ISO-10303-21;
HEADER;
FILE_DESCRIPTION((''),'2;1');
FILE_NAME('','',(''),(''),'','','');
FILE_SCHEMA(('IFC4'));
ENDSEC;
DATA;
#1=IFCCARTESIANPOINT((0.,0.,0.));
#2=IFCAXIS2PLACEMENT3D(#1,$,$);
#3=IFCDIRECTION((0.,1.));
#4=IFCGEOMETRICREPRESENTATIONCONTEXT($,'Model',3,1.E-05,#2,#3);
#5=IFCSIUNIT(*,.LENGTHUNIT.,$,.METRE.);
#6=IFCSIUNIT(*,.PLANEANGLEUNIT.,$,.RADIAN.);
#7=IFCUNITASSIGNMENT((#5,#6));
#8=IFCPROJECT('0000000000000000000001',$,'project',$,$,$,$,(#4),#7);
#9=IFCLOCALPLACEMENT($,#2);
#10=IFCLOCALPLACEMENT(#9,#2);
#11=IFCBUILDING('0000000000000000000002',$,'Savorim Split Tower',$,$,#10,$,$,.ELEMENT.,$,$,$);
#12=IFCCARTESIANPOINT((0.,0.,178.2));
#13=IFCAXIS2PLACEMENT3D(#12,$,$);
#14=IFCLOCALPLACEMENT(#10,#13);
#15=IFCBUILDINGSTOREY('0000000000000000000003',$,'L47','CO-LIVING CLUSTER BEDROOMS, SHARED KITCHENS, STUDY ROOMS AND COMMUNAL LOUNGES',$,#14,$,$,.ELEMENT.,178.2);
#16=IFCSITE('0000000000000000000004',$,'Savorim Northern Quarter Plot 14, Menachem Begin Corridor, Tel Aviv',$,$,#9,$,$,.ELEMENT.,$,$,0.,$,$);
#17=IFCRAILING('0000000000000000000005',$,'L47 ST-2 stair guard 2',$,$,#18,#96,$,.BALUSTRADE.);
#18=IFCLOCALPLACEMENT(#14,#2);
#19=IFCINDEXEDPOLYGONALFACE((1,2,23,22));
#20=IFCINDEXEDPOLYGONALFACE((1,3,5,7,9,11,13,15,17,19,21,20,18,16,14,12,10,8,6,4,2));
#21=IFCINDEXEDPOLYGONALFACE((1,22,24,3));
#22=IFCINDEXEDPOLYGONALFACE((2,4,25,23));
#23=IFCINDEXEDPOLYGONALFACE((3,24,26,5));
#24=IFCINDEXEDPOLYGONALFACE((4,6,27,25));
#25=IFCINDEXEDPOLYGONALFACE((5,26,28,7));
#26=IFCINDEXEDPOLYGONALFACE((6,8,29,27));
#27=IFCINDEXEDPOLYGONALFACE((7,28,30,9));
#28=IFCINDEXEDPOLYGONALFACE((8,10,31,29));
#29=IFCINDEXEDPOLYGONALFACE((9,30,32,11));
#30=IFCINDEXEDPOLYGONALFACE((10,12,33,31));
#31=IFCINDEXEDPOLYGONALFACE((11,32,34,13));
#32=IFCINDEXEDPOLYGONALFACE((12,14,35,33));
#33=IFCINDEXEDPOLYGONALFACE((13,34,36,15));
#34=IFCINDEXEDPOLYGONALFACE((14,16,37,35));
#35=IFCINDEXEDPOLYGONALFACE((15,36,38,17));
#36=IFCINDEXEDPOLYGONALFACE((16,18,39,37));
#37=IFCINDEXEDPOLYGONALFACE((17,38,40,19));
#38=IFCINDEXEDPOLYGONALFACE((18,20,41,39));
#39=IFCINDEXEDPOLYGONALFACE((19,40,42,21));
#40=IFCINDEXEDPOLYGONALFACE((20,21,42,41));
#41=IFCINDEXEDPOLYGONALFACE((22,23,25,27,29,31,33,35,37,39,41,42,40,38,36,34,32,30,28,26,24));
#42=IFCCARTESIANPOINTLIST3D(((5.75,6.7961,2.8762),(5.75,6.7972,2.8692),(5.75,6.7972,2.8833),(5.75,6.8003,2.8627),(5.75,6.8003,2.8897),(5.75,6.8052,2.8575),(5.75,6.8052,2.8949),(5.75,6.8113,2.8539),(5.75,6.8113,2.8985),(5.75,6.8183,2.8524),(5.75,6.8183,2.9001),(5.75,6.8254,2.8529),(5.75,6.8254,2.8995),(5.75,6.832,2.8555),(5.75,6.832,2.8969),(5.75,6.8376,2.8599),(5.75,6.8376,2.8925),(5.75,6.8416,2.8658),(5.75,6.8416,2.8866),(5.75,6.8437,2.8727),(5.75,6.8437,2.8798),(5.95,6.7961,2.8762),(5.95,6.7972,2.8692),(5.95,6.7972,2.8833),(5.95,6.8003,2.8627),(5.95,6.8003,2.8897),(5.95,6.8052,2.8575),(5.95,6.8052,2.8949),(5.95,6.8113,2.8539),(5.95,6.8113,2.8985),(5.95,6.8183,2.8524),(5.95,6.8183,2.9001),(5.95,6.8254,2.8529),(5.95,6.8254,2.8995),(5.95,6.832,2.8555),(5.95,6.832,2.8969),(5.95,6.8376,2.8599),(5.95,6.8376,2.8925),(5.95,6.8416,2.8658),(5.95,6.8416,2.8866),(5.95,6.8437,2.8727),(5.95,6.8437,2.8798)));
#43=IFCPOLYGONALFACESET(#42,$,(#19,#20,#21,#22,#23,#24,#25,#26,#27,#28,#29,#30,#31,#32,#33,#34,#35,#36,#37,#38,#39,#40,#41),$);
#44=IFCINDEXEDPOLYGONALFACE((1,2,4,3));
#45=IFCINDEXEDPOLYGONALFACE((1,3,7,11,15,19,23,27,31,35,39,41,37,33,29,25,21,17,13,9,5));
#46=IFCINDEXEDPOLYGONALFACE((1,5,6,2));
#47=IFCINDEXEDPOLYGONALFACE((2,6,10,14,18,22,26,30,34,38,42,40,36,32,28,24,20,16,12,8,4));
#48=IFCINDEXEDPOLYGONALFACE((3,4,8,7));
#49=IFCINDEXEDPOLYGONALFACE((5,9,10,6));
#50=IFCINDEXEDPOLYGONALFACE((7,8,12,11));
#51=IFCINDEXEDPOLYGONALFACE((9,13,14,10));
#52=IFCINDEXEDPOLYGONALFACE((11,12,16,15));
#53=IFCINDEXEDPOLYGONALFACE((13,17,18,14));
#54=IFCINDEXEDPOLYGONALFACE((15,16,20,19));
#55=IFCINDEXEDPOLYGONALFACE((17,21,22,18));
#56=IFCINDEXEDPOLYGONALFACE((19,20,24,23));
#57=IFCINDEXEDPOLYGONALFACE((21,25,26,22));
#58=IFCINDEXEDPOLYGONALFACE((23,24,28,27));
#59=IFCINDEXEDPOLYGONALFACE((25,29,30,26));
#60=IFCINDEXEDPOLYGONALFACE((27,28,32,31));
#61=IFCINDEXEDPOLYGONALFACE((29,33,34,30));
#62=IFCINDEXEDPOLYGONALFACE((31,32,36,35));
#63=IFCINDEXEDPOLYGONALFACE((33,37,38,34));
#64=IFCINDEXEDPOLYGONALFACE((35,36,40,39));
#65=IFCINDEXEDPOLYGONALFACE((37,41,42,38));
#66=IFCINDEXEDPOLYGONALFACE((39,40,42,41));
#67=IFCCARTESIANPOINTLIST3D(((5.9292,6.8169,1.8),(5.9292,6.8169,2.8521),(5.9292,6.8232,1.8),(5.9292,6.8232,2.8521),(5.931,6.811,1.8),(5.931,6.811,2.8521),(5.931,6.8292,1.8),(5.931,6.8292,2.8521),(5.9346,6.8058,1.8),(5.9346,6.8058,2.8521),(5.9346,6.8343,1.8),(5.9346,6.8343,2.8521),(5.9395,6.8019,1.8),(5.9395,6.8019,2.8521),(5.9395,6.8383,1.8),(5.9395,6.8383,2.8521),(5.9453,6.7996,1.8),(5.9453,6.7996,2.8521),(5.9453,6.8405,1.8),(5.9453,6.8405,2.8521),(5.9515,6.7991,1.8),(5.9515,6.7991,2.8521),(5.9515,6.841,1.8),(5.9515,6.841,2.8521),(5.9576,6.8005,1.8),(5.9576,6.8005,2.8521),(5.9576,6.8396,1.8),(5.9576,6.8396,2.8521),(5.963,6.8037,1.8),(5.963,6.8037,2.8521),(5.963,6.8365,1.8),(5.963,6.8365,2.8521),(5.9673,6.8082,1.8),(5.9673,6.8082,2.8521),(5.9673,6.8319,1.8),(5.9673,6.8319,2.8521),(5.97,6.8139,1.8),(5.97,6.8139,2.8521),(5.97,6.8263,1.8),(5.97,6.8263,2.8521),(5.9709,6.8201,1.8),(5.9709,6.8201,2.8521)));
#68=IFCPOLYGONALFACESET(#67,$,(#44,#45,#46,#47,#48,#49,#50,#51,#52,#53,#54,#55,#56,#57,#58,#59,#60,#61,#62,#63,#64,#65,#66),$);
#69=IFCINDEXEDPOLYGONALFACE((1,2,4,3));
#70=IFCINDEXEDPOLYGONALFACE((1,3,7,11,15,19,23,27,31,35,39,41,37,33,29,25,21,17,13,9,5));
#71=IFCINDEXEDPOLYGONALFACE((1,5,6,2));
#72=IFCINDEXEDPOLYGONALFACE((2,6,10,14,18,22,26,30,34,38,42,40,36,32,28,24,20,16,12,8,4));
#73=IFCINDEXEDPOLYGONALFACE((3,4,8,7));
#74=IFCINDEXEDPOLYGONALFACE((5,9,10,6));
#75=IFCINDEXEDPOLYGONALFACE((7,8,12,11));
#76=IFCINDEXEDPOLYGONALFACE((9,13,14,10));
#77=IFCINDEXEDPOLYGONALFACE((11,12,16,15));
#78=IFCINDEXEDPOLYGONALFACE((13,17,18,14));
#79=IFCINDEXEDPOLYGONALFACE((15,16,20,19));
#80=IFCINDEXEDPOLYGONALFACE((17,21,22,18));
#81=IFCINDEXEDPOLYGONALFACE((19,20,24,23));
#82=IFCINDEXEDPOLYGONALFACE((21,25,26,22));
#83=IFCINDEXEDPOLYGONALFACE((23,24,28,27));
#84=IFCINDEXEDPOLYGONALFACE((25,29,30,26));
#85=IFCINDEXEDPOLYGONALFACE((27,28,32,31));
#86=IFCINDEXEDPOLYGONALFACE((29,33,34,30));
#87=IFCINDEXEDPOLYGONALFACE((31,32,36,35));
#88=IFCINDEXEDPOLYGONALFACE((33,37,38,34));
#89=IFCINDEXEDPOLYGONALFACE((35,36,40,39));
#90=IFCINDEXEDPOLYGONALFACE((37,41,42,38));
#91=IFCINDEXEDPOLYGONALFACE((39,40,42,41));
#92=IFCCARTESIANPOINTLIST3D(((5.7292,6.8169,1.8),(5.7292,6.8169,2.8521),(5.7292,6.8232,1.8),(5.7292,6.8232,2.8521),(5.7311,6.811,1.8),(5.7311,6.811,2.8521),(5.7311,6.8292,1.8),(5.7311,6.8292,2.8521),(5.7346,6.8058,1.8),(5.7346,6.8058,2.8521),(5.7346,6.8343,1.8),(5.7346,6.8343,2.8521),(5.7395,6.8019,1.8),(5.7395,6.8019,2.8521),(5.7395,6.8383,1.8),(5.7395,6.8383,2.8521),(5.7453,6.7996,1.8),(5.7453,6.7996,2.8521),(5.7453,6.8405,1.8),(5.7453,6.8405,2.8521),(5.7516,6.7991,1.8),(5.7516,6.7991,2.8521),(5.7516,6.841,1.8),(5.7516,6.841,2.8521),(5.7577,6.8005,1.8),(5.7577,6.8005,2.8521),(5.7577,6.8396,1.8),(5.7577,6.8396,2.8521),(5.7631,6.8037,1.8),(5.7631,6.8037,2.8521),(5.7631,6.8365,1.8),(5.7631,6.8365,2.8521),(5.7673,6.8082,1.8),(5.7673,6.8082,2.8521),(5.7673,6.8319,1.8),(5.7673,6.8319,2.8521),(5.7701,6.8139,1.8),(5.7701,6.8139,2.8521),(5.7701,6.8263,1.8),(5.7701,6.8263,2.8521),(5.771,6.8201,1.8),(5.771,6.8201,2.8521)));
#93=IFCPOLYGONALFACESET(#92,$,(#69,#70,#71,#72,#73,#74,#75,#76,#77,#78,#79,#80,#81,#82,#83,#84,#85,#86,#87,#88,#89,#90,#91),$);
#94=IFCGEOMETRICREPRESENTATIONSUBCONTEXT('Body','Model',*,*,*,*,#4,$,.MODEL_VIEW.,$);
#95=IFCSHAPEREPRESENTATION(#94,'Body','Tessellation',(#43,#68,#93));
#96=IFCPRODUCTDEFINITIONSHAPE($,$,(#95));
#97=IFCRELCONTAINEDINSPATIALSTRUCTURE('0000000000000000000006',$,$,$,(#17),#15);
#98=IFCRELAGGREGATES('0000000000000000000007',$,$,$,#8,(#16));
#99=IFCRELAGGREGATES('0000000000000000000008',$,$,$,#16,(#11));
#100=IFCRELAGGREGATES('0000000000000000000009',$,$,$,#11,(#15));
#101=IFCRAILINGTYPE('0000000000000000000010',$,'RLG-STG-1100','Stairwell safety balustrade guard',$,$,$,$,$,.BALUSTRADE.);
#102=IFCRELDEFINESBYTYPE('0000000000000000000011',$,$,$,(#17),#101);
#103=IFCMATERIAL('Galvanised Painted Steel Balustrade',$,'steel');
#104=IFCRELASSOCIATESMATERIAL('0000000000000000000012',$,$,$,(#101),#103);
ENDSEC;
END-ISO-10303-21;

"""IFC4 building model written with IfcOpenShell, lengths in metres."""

from ifc_helpers import new_model, si_unit, direction, frame, origin, origin_2d, place, context, subcontext, project, spatial, circle, extrude, material, type_object, element, save


model = new_model("IFC4")

# Units and contexts
model_context = context("Model", 3, precision=1e-05, world=origin(), true_north=direction((0.0, 1.0)))
body_context = subcontext(model_context, "Body", "Model", "MODEL_VIEW")
ifc_project = project(units=[si_unit("LENGTHUNIT", "METRE"), si_unit("PLANEANGLEUNIT", "RADIAN")], contexts=[model_context])

# Site, building, storey
site_placement = place(None, origin())
site = spatial("IfcSite", under=ifc_project, at=site_placement, Name="Savorim Northern Quarter Plot 14, Menachem Begin Corridor, Tel Aviv", CompositionType="ELEMENT", RefElevation=0.0)
building_placement = place(site_placement, origin())
building = spatial("IfcBuilding", under=site, at=building_placement, Name="Savorim Split Tower", CompositionType="ELEMENT")
storey_placement = place(building_placement, frame((0.0, 0.0, 178.2)))
storey = spatial("IfcBuildingStorey", under=building, at=storey_placement, Name="L47", Description="CO-LIVING CLUSTER BEDROOMS, SHARED KITCHENS, STUDY ROOMS AND COMMUNAL LOUNGES", CompositionType="ELEMENT", Elevation=178.2)

# Railing
ifc_material_1 = material(Name="Galvanised Painted Steel Balustrade", Category="steel")
railing_type_1 = type_object("IfcRailingType", Name="RLG-STG-1100", Description="Stairwell safety balustrade guard", PredefinedType="BALUSTRADE", material=ifc_material_1)
railing_1_placement = place(storey_placement, frame((5.95, 6.8201, 1.8)))
element("IfcRailing", 1, at=railing_1_placement, inside=storey, type_object=railing_type_1, Name="L47 ST-2 stair guard 2", PredefinedType="BALUSTRADE", context=body_context, shape_type="SweptSolid", body=[
    extrude(circle(Radius=0.0239, at=origin_2d()), frame((0.0, 0.0, 1.0762), z_axis=(-1.0, 0.0, 0.0), x_axis=(0.0, -1.0, 0.0)), (0.0, 0.0, 1.0), 0.2),
    extrude(circle(Radius=0.021, at=origin_2d()), origin(), (0.0, 0.0, 1.0), 1.052),
    extrude(circle(Radius=0.021, at=origin_2d()), frame((-0.2, 0.0, 0.0)), (0.0, 0.0, 1.0), 1.052),
])

save(model, "model.ifc")
